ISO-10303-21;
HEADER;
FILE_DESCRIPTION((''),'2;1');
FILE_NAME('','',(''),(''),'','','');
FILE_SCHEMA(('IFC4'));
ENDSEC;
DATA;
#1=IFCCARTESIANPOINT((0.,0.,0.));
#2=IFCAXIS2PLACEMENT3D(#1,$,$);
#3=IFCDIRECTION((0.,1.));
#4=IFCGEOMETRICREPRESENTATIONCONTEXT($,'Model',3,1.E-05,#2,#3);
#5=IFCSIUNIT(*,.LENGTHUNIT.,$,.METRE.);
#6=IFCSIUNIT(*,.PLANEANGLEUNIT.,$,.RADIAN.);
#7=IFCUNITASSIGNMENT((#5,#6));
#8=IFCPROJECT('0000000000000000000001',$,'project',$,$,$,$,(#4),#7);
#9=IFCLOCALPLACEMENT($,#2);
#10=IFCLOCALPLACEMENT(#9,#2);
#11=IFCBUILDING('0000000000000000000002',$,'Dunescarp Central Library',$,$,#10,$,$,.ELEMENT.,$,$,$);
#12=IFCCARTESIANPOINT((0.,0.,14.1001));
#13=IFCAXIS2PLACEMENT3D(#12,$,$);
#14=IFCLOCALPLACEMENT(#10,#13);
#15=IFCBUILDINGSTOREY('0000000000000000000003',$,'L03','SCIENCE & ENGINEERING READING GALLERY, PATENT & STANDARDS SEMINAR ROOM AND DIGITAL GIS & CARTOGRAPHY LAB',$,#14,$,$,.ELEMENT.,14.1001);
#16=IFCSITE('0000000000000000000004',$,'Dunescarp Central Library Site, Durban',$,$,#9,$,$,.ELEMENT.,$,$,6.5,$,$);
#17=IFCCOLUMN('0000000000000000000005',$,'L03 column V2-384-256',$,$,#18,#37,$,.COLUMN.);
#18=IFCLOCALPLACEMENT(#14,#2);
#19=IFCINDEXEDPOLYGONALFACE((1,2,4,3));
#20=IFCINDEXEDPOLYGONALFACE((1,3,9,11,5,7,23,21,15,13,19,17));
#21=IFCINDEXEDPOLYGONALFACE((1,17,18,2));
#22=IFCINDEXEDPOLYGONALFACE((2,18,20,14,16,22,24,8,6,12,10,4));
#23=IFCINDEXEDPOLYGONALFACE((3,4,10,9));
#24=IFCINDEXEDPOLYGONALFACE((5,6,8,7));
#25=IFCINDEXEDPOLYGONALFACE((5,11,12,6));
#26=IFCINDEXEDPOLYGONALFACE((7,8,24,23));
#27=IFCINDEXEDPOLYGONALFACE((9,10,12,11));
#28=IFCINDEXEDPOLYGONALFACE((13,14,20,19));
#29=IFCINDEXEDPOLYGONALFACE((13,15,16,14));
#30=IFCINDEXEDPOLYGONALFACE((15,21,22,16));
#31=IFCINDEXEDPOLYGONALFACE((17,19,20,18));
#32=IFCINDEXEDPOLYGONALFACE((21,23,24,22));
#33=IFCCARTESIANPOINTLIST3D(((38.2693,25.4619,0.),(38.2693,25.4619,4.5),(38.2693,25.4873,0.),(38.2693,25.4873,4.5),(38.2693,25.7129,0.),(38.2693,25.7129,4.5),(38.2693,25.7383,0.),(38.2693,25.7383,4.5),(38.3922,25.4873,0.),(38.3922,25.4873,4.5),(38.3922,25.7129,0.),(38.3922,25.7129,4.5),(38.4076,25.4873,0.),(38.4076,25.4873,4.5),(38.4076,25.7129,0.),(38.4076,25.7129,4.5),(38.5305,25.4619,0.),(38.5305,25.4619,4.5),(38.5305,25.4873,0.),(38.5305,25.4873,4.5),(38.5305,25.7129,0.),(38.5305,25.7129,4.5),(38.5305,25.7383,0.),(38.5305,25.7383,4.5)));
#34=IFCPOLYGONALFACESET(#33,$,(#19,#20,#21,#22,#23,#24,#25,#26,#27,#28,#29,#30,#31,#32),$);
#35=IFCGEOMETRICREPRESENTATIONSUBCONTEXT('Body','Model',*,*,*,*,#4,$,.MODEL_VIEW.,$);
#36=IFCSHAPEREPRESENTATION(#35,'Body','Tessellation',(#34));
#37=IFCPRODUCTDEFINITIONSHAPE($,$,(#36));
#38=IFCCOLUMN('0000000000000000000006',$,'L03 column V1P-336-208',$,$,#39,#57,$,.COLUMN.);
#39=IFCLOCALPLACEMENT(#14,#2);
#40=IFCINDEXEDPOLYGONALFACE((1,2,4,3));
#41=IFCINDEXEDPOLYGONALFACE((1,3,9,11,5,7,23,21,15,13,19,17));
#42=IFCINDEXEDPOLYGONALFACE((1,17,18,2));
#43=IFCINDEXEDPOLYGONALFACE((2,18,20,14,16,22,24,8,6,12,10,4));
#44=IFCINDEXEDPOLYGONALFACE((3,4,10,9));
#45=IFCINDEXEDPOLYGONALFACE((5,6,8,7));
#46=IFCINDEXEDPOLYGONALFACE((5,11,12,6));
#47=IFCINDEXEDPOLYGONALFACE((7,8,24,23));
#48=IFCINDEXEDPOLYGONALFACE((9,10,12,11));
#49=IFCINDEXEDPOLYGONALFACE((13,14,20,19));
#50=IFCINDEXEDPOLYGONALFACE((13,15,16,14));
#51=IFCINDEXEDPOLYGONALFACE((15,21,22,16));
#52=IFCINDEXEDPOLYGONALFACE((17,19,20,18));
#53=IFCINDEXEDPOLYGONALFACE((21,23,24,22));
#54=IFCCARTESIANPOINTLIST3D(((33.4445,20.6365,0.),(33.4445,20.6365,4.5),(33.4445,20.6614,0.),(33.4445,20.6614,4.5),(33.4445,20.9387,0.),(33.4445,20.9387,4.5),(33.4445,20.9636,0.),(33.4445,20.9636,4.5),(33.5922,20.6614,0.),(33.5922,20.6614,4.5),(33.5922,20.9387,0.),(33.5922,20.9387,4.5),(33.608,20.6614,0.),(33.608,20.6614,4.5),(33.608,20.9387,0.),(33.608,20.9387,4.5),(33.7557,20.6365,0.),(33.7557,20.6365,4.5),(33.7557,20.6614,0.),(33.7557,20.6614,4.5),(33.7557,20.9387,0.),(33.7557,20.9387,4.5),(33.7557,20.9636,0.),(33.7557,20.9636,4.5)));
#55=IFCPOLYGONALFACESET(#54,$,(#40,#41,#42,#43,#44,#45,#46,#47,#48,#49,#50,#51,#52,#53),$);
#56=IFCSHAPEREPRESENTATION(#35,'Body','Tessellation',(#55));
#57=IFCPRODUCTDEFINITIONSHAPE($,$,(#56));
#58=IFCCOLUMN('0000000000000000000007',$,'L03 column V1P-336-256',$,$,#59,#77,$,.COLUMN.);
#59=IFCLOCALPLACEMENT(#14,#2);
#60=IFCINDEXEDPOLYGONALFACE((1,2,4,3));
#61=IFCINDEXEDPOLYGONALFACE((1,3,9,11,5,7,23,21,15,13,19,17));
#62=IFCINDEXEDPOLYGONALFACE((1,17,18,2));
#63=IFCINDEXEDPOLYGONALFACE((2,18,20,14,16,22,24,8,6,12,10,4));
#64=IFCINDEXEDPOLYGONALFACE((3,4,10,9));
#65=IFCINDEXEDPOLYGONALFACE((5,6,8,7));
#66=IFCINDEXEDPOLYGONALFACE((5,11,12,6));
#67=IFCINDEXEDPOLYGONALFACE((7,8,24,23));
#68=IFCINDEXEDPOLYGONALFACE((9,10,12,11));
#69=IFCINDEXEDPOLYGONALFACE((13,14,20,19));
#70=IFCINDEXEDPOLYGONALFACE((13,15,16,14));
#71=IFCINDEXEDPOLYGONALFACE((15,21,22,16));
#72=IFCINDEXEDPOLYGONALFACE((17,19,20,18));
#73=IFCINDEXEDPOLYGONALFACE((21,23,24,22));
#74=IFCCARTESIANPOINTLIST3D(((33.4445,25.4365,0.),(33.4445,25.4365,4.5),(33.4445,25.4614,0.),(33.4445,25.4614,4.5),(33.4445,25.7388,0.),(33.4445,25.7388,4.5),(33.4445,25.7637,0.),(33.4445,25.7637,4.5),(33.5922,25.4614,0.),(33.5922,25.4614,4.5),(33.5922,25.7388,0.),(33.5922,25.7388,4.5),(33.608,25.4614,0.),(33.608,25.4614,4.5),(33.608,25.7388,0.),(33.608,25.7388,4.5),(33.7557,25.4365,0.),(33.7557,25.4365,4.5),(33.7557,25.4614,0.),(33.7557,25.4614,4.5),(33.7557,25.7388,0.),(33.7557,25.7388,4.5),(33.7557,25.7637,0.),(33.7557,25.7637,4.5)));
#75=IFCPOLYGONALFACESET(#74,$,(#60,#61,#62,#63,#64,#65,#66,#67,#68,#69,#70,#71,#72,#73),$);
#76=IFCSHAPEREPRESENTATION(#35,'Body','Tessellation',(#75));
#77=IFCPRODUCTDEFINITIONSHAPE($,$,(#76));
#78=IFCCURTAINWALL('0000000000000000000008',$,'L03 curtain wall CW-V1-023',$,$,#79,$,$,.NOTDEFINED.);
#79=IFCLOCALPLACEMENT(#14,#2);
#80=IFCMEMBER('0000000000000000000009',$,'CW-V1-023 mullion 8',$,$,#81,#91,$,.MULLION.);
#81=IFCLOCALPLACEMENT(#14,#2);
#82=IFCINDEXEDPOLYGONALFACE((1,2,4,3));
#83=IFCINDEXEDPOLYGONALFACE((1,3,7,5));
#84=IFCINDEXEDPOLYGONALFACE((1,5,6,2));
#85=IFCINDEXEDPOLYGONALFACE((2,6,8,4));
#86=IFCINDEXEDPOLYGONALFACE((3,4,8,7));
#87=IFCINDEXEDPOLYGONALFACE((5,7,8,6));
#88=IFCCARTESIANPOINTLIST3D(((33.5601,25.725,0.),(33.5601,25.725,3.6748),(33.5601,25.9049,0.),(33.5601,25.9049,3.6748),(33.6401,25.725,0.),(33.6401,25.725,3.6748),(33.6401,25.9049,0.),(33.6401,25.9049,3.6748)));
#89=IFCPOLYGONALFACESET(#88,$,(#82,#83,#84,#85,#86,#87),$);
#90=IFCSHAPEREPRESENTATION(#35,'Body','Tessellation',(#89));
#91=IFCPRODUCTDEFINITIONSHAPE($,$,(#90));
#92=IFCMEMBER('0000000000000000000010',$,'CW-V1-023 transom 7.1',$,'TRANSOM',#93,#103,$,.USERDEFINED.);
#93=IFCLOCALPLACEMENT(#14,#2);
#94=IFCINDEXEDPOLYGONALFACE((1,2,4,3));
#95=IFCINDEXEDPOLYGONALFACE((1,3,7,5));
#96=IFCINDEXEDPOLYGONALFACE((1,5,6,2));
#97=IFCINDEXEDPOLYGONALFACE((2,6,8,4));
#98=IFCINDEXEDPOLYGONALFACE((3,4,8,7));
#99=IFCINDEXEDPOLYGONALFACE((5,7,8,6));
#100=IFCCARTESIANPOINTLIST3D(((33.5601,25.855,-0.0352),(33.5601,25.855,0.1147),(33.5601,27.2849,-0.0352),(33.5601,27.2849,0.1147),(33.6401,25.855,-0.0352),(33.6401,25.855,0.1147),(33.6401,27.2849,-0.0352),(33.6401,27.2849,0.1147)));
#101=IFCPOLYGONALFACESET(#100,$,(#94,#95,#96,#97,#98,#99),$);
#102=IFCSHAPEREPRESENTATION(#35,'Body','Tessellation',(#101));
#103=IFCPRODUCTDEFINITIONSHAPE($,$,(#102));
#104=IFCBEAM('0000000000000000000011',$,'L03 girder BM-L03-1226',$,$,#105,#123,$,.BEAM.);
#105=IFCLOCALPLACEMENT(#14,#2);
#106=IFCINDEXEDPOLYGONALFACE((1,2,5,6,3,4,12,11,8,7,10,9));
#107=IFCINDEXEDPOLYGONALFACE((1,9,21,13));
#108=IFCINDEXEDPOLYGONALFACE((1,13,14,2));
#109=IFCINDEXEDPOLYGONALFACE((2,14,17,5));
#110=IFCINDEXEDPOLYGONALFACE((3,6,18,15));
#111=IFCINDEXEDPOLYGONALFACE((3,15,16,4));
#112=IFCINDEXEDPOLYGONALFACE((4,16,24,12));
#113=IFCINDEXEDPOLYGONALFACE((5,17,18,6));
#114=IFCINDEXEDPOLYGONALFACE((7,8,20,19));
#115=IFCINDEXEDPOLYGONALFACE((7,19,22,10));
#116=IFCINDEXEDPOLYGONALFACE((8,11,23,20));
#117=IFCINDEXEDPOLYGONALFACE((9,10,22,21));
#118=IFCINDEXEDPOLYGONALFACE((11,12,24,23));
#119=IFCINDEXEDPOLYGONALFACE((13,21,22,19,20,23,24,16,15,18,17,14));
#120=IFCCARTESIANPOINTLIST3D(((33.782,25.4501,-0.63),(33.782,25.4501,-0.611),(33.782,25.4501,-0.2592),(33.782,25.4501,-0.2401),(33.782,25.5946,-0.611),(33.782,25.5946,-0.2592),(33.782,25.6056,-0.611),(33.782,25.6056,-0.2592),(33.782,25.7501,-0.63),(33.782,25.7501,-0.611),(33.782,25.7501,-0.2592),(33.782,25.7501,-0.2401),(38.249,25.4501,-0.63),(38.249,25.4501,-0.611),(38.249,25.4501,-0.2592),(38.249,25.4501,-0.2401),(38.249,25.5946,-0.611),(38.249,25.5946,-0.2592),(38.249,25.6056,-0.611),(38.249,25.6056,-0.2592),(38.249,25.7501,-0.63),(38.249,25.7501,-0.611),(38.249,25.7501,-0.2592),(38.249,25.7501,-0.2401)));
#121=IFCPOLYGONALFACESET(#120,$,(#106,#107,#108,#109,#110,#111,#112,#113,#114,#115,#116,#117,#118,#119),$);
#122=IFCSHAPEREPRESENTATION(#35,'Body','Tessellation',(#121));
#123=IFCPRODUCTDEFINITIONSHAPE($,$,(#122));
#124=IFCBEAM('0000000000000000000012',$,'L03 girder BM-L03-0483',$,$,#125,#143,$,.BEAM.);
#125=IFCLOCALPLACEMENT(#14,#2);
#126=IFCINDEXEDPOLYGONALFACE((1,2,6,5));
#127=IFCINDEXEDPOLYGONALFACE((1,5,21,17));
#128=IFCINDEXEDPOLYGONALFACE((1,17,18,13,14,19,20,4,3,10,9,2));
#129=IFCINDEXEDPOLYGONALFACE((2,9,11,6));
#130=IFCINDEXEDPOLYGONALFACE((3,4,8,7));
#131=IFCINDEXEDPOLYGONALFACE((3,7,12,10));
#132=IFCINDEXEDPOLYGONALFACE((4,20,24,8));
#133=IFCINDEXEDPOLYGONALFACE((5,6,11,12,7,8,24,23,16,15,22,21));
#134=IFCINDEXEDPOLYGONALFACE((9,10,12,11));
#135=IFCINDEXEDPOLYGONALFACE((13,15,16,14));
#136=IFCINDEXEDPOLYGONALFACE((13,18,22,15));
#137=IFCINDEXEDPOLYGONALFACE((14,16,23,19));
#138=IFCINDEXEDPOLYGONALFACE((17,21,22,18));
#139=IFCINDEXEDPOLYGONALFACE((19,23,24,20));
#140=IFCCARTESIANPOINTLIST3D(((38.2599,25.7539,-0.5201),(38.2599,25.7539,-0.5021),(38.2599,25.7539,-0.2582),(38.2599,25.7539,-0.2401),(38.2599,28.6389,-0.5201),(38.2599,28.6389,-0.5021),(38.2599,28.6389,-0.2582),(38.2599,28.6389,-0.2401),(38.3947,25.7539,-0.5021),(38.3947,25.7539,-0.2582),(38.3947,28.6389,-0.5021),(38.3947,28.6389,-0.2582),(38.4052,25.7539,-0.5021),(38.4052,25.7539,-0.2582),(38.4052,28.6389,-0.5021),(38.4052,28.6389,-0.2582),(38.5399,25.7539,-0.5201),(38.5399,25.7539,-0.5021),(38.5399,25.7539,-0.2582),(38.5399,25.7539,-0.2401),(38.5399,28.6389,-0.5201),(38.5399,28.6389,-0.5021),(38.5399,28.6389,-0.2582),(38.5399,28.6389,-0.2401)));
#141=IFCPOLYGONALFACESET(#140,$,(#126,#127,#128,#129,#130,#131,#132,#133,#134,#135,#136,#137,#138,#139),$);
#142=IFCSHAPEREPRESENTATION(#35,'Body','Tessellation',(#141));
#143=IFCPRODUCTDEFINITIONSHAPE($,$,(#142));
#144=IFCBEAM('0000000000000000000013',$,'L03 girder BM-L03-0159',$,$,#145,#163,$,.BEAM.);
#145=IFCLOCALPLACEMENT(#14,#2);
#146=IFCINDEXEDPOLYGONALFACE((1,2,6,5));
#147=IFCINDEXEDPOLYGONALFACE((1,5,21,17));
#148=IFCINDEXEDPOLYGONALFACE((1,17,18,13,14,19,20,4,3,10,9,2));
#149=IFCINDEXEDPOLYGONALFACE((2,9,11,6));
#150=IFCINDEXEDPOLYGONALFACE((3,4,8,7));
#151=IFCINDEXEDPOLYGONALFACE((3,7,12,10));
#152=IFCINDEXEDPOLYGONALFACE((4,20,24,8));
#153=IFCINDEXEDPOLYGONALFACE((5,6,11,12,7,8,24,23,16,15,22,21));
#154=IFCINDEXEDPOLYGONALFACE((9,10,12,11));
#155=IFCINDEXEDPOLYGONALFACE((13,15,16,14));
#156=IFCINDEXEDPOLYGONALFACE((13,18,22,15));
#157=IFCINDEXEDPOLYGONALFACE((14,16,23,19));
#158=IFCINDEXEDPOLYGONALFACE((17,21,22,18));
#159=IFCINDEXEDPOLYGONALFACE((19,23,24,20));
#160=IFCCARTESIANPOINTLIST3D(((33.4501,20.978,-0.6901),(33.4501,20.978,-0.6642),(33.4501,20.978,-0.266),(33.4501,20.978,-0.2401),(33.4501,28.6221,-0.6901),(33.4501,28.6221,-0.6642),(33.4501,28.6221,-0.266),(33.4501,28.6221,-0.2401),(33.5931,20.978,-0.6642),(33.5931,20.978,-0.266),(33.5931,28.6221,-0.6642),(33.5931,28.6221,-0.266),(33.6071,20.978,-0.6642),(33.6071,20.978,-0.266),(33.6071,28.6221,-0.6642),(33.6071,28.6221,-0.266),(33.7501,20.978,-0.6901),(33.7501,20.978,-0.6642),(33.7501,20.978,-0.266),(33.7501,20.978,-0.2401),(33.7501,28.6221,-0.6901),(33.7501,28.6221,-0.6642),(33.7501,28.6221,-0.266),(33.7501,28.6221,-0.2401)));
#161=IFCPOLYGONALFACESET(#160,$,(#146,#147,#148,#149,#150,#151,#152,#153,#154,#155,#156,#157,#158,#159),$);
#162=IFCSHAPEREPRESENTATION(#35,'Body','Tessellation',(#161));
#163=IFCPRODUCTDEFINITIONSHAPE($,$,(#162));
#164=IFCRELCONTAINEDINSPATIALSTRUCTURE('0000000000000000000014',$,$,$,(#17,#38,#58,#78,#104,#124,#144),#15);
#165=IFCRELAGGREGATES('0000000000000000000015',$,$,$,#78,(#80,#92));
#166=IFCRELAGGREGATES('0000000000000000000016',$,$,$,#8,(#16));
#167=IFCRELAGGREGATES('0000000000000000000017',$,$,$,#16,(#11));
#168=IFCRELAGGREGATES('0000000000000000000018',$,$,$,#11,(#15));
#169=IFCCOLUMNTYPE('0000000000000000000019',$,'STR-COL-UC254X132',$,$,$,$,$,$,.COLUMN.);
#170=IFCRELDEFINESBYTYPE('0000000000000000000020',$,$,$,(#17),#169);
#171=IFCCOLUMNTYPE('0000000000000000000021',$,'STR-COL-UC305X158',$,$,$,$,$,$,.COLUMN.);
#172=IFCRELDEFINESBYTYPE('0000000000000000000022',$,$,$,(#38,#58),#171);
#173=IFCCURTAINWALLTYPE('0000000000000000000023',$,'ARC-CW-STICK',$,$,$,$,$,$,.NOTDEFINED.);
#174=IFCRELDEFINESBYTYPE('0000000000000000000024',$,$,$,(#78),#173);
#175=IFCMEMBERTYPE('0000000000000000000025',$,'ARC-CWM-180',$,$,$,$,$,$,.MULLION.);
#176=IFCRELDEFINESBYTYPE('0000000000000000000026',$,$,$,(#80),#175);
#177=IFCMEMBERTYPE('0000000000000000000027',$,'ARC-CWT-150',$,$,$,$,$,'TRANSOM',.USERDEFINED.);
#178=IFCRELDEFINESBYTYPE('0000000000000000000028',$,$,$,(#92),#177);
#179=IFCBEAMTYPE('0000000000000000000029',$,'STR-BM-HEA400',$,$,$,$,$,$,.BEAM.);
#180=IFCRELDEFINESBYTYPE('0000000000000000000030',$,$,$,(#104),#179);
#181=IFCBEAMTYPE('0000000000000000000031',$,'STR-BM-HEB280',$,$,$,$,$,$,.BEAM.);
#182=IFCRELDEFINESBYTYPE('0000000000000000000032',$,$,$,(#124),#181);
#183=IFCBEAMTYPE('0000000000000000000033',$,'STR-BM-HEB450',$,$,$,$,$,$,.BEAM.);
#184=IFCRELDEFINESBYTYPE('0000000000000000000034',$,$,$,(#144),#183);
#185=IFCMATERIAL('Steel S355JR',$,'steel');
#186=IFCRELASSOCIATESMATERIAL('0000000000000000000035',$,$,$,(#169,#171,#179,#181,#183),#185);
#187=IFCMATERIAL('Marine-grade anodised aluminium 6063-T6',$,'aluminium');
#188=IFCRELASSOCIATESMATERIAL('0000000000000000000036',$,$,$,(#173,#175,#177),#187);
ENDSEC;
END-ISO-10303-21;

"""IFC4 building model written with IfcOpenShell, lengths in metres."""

from ifc_helpers import new_model, si_unit, direction, frame, origin, origin_2d, place, context, subcontext, project, spatial, rectangle, i_section, extrude, material, material_profile, profile_set, type_object, element, aggregate, save


model = new_model("IFC4")

# Units and contexts
model_context = context("Model", 3, precision=1e-05, world=origin(), true_north=direction((0.0, 1.0)))
body_context = subcontext(model_context, "Body", "Model", "MODEL_VIEW")
ifc_project = project(units=[si_unit("LENGTHUNIT", "METRE"), si_unit("PLANEANGLEUNIT", "RADIAN")], contexts=[model_context])

# Site, building, storey
site_placement = place(None, origin())
site = spatial("IfcSite", under=ifc_project, at=site_placement, Name="Dunescarp Central Library Site, Durban", CompositionType="ELEMENT", RefElevation=6.5)
building_placement = place(site_placement, origin())
building = spatial("IfcBuilding", under=site, at=building_placement, Name="Dunescarp Central Library", CompositionType="ELEMENT")
storey_placement = place(building_placement, frame((0.0, 0.0, 14.1001)))
storey = spatial("IfcBuildingStorey", under=building, at=storey_placement, Name="L03", Description="SCIENCE & ENGINEERING READING GALLERY, PATENT & STANDARDS SEMINAR ROOM AND DIGITAL GIS & CARTOGRAPHY LAB", CompositionType="ELEMENT", Elevation=14.1001)

# Columns
ifc_material_1 = material(Name="Steel S355JR", Category="steel")
ifc_material_profile_1 = material_profile(ifc_material_1, i_section(OverallWidth=0.2612, OverallDepth=0.2764, WebThickness=0.0154, FlangeThickness=0.0254, at=origin_2d()), Name="UC 254x254x132")
ifc_profile_set_1 = profile_set([ifc_material_profile_1], Name="Steel S355JR")
column_type_1 = type_object("IfcColumnType", Name="STR-COL-UC254X132", PredefinedType="COLUMN", material=ifc_profile_set_1)
column_placement = place(storey_placement, frame((38.3999, 25.6001, 0.0), z_axis=(0.0, 0.0, 1.0), x_axis=(1.0, 0.0, 0.0)))
element("IfcColumn", 1, at=column_placement, inside=storey, type_object=column_type_1, Name="L03 column V2-384-256", PredefinedType="COLUMN", context=body_context, shape_type="SweptSolid", body=[
    extrude(i_section(OverallWidth=0.2612, OverallDepth=0.2764, WebThickness=0.0154, FlangeThickness=0.0254, at=origin_2d()), origin(), (0.0, 0.0, 1.0), 4.5),
])
ifc_material_profile_2 = material_profile(ifc_material_1, i_section(OverallWidth=0.3113, OverallDepth=0.3271, WebThickness=0.0159, FlangeThickness=0.0249, at=origin_2d()), Name="UC 305x305x158")
ifc_profile_set_2 = profile_set([ifc_material_profile_2], Name="Steel S355JR")
column_type_2 = type_object("IfcColumnType", Name="STR-COL-UC305X158", PredefinedType="COLUMN", material=ifc_profile_set_2)
for number, where, z_axis, x_axis, name in (
    (2, (33.6001, 20.8, 0.0), (0.0, 0.0, 1.0), (1.0, 0.0, 0.0), "L03 column V1P-336-208"),
    (3, (33.6001, 25.6001, 0.0), (0.0, 0.0, 1.0), (1.0, 0.0, 0.0), "L03 column V1P-336-256"),
):
    element("IfcColumn", number, at=place(storey_placement, frame(where, z_axis=z_axis, x_axis=x_axis)), inside=storey, type_object=column_type_2, Name=name, PredefinedType="COLUMN", context=body_context, shape_type="SweptSolid", body=[
        extrude(i_section(OverallWidth=0.3113, OverallDepth=0.3271, WebThickness=0.0159, FlangeThickness=0.0249, at=origin_2d()), origin(), (0.0, 0.0, 1.0), 4.5),
    ])

# Curtain wall, members
ifc_material_2 = material(Name="Marine-grade anodised aluminium 6063-T6", Category="aluminium")
curtain_wall_type = type_object("IfcCurtainWallType", Name="ARC-CW-STICK", PredefinedType="NOTDEFINED", material=ifc_material_2)
curtain_wall_placement = place(storey_placement, origin())
curtain_wall = element("IfcCurtainWall", 4, at=curtain_wall_placement, inside=storey, type_object=curtain_wall_type, Name="L03 curtain wall CW-V1-023", PredefinedType="NOTDEFINED")
ifc_material_profile_3 = material_profile(ifc_material_2, rectangle(XDim=0.0801, YDim=0.1799, at=origin_2d()), Name="AL 80x180")
ifc_profile_set_3 = profile_set([ifc_material_profile_3], Name="Marine-grade anodised aluminium 6063-T6")
member_type_1 = type_object("IfcMemberType", Name="ARC-CWM-180", PredefinedType="MULLION", material=ifc_profile_set_3)
member_1_placement = place(storey_placement, frame((33.6001, 25.8149, 0.0), z_axis=(0.0, 0.0, 1.0), x_axis=(1.0, 0.0, 0.0)))
member_1 = element("IfcMember", 5, at=member_1_placement, type_object=member_type_1, Name="CW-V1-023 mullion 8", PredefinedType="MULLION", context=body_context, shape_type="SweptSolid", body=[
    extrude(rectangle(XDim=0.0801, YDim=0.1799, at=origin_2d()), origin(), (0.0, 0.0, 1.0), 3.6748),
])
ifc_material_profile_4 = material_profile(ifc_material_2, rectangle(XDim=0.0801, YDim=0.1499, at=origin_2d()), Name="AL 80x150")
ifc_profile_set_4 = profile_set([ifc_material_profile_4], Name="Marine-grade anodised aluminium 6063-T6")
member_type_2 = type_object("IfcMemberType", Name="ARC-CWT-150", ElementType="TRANSOM", PredefinedType="USERDEFINED", material=ifc_profile_set_4)
member_2_placement = place(storey_placement, frame((33.6001, 27.2849, 0.0398), z_axis=(0.0, -1.0, 0.0), x_axis=(1.0, 0.0, 0.0)))
member_2 = element("IfcMember", 6, at=member_2_placement, type_object=member_type_2, Name="CW-V1-023 transom 7.1", ObjectType="TRANSOM", PredefinedType="USERDEFINED", context=body_context, shape_type="SweptSolid", body=[
    extrude(rectangle(XDim=0.0801, YDim=0.1499, at=origin_2d()), origin(), (0.0, 0.0, 1.0), 1.4299),
])

# Beams
ifc_material_profile_5 = material_profile(ifc_material_1, i_section(OverallWidth=0.3, OverallDepth=0.3899, WebThickness=0.011, FlangeThickness=0.019, at=origin_2d()), Name="HEA 400")
ifc_profile_set_5 = profile_set([ifc_material_profile_5], Name="Steel S355JR")
beam_type_1 = type_object("IfcBeamType", Name="STR-BM-HEA400", PredefinedType="BEAM", material=ifc_profile_set_5)
beam_1_placement = place(storey_placement, frame((33.782, 25.6001, -0.4351), z_axis=(1.0, 0.0, 0.0), x_axis=(0.0, 1.0, 0.0)))
element("IfcBeam", 7, at=beam_1_placement, inside=storey, type_object=beam_type_1, Name="L03 girder BM-L03-1226", PredefinedType="BEAM", context=body_context, shape_type="SweptSolid", body=[
    extrude(i_section(OverallWidth=0.3, OverallDepth=0.3899, WebThickness=0.011, FlangeThickness=0.019, at=origin_2d()), origin(), (0.0, 0.0, 1.0), 4.467),
])
ifc_material_profile_6 = material_profile(ifc_material_1, i_section(OverallWidth=0.28, OverallDepth=0.28, WebThickness=0.0105, FlangeThickness=0.0181, at=origin_2d()), Name="HEB 280")
ifc_profile_set_6 = profile_set([ifc_material_profile_6], Name="Steel S355JR")
beam_type_2 = type_object("IfcBeamType", Name="STR-BM-HEB280", PredefinedType="BEAM", material=ifc_profile_set_6)
beam_2_placement = place(storey_placement, frame((38.3999, 25.7539, -0.3801), z_axis=(0.0, 1.0, 0.0), x_axis=(-1.0, 0.0, 0.0)))
element("IfcBeam", 8, at=beam_2_placement, inside=storey, type_object=beam_type_2, Name="L03 girder BM-L03-0483", PredefinedType="BEAM", context=body_context, shape_type="SweptSolid", body=[
    extrude(i_section(OverallWidth=0.28, OverallDepth=0.28, WebThickness=0.0105, FlangeThickness=0.0181, at=origin_2d()), origin(), (0.0, 0.0, 1.0), 2.885),
])
ifc_material_profile_7 = material_profile(ifc_material_1, i_section(OverallWidth=0.3, OverallDepth=0.45, WebThickness=0.0139, FlangeThickness=0.0259, at=origin_2d()), Name="HEB 450")
ifc_profile_set_7 = profile_set([ifc_material_profile_7], Name="Steel S355JR")
beam_type_3 = type_object("IfcBeamType", Name="STR-BM-HEB450", PredefinedType="BEAM", material=ifc_profile_set_7)
beam_3_placement = place(storey_placement, frame((33.6001, 20.978, -0.4651), z_axis=(0.0, 1.0, 0.0), x_axis=(-1.0, 0.0, 0.0)))
element("IfcBeam", 9, at=beam_3_placement, inside=storey, type_object=beam_type_3, Name="L03 girder BM-L03-0159", PredefinedType="BEAM", context=body_context, shape_type="SweptSolid", body=[
    extrude(i_section(OverallWidth=0.3, OverallDepth=0.45, WebThickness=0.0139, FlangeThickness=0.0259, at=origin_2d()), origin(), (0.0, 0.0, 1.0), 7.644),
])

aggregate(curtain_wall, [member_1, member_2])

save(model, "model.ifc")
